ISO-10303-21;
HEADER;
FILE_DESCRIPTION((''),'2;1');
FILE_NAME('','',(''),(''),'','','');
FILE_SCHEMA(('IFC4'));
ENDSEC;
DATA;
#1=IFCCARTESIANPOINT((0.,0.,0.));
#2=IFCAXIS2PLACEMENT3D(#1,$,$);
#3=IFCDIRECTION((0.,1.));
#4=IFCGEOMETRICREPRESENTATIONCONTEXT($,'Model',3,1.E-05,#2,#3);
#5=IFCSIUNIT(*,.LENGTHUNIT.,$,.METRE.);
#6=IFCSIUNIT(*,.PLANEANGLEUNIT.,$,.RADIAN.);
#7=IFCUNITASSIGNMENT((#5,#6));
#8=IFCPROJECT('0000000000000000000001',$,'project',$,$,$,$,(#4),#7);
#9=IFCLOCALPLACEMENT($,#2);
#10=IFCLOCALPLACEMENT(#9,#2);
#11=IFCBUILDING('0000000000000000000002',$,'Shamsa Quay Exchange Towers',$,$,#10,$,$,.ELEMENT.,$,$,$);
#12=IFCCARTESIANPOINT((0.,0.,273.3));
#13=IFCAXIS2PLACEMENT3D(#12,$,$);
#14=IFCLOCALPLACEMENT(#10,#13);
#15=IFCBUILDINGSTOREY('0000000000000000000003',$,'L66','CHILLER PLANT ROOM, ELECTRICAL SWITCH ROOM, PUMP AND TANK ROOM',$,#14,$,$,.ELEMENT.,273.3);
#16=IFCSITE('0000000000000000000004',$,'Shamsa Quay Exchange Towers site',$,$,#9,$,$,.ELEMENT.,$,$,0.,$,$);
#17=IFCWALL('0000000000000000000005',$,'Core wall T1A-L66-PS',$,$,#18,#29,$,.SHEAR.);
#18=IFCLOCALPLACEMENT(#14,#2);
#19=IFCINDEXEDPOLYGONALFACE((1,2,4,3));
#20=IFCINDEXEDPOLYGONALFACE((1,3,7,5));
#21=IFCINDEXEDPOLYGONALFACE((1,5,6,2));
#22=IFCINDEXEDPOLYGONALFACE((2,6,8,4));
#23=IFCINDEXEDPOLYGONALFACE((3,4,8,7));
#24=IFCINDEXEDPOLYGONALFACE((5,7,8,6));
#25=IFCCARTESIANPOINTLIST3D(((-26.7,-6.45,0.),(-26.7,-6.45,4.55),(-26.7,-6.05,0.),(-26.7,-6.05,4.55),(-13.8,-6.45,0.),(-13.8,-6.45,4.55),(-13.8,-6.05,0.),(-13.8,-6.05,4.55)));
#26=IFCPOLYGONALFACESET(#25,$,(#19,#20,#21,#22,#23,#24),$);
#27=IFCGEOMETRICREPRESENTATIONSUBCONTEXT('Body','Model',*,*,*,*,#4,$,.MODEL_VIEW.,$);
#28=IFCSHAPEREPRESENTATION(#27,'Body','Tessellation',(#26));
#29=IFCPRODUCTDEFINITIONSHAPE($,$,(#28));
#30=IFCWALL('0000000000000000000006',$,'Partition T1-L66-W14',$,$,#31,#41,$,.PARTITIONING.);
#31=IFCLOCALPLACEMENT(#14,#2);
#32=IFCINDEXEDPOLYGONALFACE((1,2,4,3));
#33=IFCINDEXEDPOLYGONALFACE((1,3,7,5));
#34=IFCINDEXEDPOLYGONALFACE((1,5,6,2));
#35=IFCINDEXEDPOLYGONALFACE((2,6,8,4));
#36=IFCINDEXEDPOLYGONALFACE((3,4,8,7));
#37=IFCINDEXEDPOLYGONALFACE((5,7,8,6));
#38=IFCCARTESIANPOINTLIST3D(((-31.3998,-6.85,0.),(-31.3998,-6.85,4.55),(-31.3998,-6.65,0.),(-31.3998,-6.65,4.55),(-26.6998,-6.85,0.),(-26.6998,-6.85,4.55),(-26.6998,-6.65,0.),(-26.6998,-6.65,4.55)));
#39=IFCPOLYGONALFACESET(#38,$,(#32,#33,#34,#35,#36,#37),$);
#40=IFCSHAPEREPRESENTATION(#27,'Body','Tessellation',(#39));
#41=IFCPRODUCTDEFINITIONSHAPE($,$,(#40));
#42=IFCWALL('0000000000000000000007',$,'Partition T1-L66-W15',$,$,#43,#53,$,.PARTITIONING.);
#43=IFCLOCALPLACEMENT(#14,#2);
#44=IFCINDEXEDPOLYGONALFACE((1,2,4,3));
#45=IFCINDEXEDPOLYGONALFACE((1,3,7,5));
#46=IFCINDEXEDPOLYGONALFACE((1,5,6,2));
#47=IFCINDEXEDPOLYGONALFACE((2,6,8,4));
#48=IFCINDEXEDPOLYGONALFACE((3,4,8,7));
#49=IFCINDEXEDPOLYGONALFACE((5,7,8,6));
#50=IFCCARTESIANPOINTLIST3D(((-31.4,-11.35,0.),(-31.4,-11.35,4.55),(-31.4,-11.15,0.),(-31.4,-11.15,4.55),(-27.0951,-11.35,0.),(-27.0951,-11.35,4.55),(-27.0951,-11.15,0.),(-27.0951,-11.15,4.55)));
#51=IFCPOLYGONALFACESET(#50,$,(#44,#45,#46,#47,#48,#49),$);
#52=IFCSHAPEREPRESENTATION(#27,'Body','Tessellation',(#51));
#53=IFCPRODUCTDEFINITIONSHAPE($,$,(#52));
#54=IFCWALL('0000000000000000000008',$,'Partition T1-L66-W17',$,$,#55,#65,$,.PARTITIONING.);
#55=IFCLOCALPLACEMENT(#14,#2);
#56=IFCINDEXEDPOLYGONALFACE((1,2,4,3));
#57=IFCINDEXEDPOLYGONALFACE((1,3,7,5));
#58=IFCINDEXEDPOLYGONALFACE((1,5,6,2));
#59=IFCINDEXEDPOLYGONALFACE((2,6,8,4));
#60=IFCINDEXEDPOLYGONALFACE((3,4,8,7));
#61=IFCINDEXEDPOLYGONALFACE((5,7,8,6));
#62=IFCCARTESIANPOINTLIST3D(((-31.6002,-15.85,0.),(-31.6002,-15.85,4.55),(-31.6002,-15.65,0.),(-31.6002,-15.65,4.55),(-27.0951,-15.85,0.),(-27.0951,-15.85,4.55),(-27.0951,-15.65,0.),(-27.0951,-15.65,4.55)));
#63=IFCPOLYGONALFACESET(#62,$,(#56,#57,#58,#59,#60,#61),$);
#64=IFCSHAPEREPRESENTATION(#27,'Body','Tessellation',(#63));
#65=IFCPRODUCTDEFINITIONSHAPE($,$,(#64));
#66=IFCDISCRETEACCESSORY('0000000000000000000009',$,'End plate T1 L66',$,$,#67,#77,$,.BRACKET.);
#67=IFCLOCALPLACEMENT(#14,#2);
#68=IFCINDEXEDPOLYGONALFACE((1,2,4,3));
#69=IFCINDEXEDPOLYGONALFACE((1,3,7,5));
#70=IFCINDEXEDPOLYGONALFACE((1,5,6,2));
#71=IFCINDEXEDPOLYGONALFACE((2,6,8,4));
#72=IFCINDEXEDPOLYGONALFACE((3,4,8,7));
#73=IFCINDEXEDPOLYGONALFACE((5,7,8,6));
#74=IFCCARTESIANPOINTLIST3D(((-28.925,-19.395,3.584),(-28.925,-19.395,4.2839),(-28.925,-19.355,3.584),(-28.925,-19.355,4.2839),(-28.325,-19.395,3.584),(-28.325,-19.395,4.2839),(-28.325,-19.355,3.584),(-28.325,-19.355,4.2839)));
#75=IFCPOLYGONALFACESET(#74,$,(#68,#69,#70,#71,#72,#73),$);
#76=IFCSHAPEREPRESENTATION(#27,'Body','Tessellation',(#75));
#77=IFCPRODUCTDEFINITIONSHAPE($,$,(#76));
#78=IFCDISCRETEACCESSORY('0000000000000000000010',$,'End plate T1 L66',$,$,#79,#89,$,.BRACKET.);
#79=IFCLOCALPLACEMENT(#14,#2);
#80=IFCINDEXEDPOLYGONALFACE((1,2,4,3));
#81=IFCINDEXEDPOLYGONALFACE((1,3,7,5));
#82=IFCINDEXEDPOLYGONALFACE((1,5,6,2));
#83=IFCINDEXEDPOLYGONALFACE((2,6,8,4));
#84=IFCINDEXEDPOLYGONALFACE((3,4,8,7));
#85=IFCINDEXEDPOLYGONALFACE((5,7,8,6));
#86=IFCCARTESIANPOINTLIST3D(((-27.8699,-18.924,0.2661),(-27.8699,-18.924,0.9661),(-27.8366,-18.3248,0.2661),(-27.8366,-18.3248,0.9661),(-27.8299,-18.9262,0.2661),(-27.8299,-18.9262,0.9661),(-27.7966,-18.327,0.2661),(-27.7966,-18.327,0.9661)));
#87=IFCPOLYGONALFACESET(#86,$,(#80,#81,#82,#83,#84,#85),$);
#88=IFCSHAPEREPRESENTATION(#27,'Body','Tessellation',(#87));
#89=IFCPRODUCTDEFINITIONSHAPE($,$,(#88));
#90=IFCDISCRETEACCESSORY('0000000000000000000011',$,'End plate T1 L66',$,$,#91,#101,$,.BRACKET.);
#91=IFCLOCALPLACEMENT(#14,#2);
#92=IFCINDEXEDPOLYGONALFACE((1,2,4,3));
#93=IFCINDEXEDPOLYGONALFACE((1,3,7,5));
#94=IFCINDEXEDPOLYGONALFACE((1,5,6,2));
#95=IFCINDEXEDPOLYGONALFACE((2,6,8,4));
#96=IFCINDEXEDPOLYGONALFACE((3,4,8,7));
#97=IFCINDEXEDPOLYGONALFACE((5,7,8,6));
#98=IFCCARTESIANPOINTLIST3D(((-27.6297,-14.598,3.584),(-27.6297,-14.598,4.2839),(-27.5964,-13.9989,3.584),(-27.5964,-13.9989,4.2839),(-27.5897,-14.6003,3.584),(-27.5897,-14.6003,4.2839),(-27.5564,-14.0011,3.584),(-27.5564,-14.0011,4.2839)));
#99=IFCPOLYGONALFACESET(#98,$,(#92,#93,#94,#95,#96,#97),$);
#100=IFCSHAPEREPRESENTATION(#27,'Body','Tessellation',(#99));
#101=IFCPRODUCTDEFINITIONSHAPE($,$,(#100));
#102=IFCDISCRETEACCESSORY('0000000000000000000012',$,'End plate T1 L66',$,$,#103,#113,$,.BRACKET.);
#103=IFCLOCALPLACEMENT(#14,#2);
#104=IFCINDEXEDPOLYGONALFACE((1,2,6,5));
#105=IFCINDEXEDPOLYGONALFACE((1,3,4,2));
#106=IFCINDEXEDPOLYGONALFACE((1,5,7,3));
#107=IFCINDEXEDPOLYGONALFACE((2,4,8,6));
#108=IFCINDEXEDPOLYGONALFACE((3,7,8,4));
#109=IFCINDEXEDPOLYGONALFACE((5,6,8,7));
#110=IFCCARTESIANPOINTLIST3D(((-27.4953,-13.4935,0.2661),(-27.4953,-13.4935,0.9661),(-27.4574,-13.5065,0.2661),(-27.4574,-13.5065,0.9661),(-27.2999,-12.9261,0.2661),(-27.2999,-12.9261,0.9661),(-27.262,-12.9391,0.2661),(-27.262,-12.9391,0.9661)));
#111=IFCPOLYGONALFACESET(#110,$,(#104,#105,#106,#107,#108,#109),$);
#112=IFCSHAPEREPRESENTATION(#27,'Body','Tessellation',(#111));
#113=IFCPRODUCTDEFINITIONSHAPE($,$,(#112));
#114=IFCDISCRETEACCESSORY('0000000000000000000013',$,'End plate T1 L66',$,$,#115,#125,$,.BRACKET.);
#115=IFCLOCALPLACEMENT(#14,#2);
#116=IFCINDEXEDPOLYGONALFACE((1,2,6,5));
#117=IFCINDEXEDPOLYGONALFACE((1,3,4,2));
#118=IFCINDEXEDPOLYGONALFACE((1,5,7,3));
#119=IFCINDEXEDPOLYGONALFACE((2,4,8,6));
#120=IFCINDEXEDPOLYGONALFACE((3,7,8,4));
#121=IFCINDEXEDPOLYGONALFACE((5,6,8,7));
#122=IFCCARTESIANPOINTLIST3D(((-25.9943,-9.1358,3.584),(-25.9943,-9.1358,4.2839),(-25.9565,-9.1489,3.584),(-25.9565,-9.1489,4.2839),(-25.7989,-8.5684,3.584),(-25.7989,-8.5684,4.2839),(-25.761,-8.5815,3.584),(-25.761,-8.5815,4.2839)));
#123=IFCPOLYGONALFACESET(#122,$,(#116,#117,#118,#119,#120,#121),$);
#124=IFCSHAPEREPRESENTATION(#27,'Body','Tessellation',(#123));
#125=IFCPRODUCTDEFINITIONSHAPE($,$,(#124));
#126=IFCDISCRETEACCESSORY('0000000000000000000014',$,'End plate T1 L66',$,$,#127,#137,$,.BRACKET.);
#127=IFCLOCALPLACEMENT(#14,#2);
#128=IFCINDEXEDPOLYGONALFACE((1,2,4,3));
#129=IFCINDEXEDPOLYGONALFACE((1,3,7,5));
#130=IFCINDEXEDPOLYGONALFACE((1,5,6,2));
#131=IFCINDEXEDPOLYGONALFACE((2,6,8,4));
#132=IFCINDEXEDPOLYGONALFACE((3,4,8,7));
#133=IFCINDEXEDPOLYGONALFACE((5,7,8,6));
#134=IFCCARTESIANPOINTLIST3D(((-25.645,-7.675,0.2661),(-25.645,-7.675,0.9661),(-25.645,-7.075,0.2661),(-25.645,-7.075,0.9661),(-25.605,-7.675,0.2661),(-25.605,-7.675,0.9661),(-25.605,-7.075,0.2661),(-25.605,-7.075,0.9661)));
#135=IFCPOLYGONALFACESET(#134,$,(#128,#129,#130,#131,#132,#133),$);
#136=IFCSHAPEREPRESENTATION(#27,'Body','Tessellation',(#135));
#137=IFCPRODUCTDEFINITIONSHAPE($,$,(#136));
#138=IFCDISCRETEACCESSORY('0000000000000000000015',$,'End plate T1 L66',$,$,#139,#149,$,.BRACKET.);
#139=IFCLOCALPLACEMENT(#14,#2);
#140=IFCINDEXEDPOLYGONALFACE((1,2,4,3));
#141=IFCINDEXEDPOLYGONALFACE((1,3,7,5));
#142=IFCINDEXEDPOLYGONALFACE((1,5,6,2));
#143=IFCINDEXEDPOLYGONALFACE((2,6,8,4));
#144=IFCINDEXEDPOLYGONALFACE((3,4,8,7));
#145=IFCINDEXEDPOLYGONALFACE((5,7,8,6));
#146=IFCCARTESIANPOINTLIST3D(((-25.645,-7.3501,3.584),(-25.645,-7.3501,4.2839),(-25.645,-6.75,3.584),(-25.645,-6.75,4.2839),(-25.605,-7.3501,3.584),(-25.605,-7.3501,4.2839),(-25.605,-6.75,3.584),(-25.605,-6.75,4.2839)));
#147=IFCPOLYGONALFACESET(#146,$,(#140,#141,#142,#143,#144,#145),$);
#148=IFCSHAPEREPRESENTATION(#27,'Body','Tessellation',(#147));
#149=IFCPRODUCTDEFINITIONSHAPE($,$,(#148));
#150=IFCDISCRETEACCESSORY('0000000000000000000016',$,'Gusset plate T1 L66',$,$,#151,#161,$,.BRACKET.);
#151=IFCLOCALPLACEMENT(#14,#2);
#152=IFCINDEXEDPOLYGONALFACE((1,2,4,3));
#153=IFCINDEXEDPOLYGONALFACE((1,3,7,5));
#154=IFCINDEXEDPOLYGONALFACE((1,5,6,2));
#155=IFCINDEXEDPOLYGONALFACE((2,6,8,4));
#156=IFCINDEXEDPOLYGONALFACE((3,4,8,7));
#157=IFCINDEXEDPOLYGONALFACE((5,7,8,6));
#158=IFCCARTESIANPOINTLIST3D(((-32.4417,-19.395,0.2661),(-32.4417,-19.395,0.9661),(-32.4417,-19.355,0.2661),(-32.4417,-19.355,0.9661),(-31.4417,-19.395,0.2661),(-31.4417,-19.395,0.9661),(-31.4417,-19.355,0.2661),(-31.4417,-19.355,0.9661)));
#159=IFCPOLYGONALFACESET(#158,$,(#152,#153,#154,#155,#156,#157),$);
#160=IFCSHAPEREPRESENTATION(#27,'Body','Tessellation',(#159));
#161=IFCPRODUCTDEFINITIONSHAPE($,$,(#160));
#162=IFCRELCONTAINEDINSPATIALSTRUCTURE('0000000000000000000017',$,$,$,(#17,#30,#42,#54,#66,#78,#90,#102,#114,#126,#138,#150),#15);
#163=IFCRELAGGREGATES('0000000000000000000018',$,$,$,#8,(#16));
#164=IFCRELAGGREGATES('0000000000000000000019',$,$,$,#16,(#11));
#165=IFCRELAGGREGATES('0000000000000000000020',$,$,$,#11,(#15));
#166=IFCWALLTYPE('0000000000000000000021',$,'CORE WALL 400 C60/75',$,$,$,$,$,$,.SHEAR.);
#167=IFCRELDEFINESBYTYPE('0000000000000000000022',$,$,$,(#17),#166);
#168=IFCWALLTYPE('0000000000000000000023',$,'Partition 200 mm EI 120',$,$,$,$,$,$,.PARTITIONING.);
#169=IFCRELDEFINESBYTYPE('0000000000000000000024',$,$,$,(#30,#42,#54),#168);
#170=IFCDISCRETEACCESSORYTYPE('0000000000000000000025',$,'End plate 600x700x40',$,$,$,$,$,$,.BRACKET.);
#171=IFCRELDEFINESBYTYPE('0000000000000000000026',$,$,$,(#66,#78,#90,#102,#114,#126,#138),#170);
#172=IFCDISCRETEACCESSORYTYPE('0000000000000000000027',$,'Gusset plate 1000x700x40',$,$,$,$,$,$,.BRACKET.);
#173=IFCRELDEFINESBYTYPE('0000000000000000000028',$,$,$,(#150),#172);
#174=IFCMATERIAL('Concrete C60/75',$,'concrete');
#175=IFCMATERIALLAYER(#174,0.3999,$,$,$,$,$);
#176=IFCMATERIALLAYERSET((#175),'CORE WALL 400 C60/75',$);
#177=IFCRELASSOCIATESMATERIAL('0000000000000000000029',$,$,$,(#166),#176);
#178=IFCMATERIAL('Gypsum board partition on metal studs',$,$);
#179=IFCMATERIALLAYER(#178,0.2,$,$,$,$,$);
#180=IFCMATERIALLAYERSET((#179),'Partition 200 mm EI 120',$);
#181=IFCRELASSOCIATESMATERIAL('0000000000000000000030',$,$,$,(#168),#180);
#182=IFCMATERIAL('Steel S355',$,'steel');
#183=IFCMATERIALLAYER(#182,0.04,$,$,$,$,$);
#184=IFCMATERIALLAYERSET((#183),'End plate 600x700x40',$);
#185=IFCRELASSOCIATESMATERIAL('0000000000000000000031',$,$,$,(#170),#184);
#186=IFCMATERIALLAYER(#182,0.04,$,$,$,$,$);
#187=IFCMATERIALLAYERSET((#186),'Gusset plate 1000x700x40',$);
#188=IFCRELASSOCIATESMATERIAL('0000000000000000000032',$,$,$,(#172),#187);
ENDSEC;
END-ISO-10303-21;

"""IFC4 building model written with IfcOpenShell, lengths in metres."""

from ifc_helpers import new_model, si_unit, direction, frame, frame_2d, origin, origin_2d, place, context, subcontext, project, spatial, rectangle, extrude, material, layer, layer_set, type_object, element, save


model = new_model("IFC4")

# Units and contexts
model_context = context("Model", 3, precision=1e-05, world=origin(), true_north=direction((0.0, 1.0)))
body_context = subcontext(model_context, "Body", "Model", "MODEL_VIEW")
ifc_project = project(units=[si_unit("LENGTHUNIT", "METRE"), si_unit("PLANEANGLEUNIT", "RADIAN")], contexts=[model_context])

# Site, building, storey
site_placement = place(None, origin())
site = spatial("IfcSite", under=ifc_project, at=site_placement, Name="Shamsa Quay Exchange Towers site", CompositionType="ELEMENT", RefElevation=0.0)
building_placement = place(site_placement, origin())
building = spatial("IfcBuilding", under=site, at=building_placement, Name="Shamsa Quay Exchange Towers", CompositionType="ELEMENT")
storey_placement = place(building_placement, frame((0.0, 0.0, 273.3)))
storey = spatial("IfcBuildingStorey", under=building, at=storey_placement, Name="L66", Description="CHILLER PLANT ROOM, ELECTRICAL SWITCH ROOM, PUMP AND TANK ROOM", CompositionType="ELEMENT", Elevation=273.3)

# Shared definitions
ifc_material_1 = material(Name="Steel S355", Category="steel")

# Wall
ifc_material_2 = material(Name="Concrete C60/75", Category="concrete")
ifc_layer_1 = layer(ifc_material_2, 0.3999)
ifc_layer_set_1 = layer_set([ifc_layer_1], Name="CORE WALL 400 C60/75")
wall_type_1 = type_object("IfcWallType", Name="CORE WALL 400 C60/75", PredefinedType="SHEAR", material=ifc_layer_set_1)
wall_1_placement = place(storey_placement, frame((-26.7, -6.25, 0.0)))
element("IfcWall", 1, at=wall_1_placement, inside=storey, type_object=wall_type_1, Name="Core wall T1A-L66-PS", PredefinedType="SHEAR", context=body_context, shape_type="SweptSolid", body=[
    extrude(rectangle(XDim=12.8999, YDim=0.3999, at=frame_2d((6.45, 0.0))), origin(), (0.0, 0.0, 1.0), 4.55),
])

# Shared definitions
ifc_material_3 = material(Name="Gypsum board partition on metal studs")
ifc_layer_2 = layer(ifc_material_3, 0.2)
ifc_layer_set_2 = layer_set([ifc_layer_2], Name="Partition 200 mm EI 120")
wall_type_2 = type_object("IfcWallType", Name="Partition 200 mm EI 120", PredefinedType="PARTITIONING", material=ifc_layer_set_2)

# Walls
wall_2_placement = place(storey_placement, frame((-31.3999, -6.75, 0.0)))
element("IfcWall", 2, at=wall_2_placement, inside=storey, type_object=wall_type_2, Name="Partition T1-L66-W14", PredefinedType="PARTITIONING", context=body_context, shape_type="SweptSolid", body=[
    extrude(rectangle(XDim=4.7, YDim=0.2, at=frame_2d((2.3501, 0.0))), origin(), (0.0, 0.0, 1.0), 4.55),
])
wall_3_placement = place(storey_placement, frame((-31.3999, -11.25, 0.0)))
element("IfcWall", 3, at=wall_3_placement, inside=storey, type_object=wall_type_2, Name="Partition T1-L66-W15", PredefinedType="PARTITIONING", context=body_context, shape_type="SweptSolid", body=[
    extrude(rectangle(XDim=4.3049, YDim=0.2, at=frame_2d((2.1523, 0.0))), origin(), (0.0, 0.0, 1.0), 4.55),
])
wall_4_placement = place(storey_placement, frame((-31.6001, -15.75, 0.0)))
element("IfcWall", 4, at=wall_4_placement, inside=storey, type_object=wall_type_2, Name="Partition T1-L66-W17", PredefinedType="PARTITIONING", context=body_context, shape_type="SweptSolid", body=[
    extrude(rectangle(XDim=4.5051, YDim=0.2, at=frame_2d((2.2524, 0.0))), origin(), (0.0, 0.0, 1.0), 4.55),
])

# Discrete accessories
ifc_layer_3 = layer(ifc_material_1, 0.04)
ifc_layer_set_3 = layer_set([ifc_layer_3], Name="End plate 600x700x40")
discrete_accessory_type_1 = type_object("IfcDiscreteAccessoryType", Name="End plate 600x700x40", PredefinedType="BRACKET", material=ifc_layer_set_3)
discrete_accessory_1_placement = place(storey_placement, frame((-28.625, -19.375, 3.584)))
element("IfcDiscreteAccessory", 5, at=discrete_accessory_1_placement, inside=storey, type_object=discrete_accessory_type_1, Name="End plate T1 L66", PredefinedType="BRACKET", context=body_context, shape_type="SweptSolid", body=[
    extrude(rectangle(XDim=0.6001, YDim=0.04, at=origin_2d()), origin(), (0.0, 0.0, 1.0), 0.7),
])
for number, where, z_axis, x_axis, name in (
    (6, (-27.8333, -18.6255, 0.2661), (0.0, 0.0, 1.0), (0.05547, 0.99846, 0.0), "End plate T1 L66"),
    (7, (-27.593, -14.2996, 3.584), (0.0, 0.0, 1.0), (0.05547, 0.99846, 0.0), "End plate T1 L66"),
    (8, (-27.3787, -13.2163, 0.2661), (0.0, 0.0, 1.0), (0.325667, 0.945485, 0.0), "End plate T1 L66"),
    (9, (-25.8777, -8.8586, 3.584), (0.0, 0.0, 1.0), (0.325667, 0.945485, 0.0), "End plate T1 L66"),
    (10, (-25.625, -7.375, 0.2661), (0.0, 0.0, 1.0), (0.0, 1.0, 0.0), "End plate T1 L66"),
    (11, (-25.625, -7.05, 3.584), (0.0, 0.0, 1.0), (0.0, 1.0, 0.0), "End plate T1 L66"),
):
    element("IfcDiscreteAccessory", number, at=place(storey_placement, frame(where, z_axis=z_axis, x_axis=x_axis)), inside=storey, type_object=discrete_accessory_type_1, Name=name, PredefinedType="BRACKET", context=body_context, shape_type="SweptSolid", body=[
        extrude(rectangle(XDim=0.6001, YDim=0.04, at=origin_2d()), origin(), (0.0, 0.0, 1.0), 0.7),
    ])
ifc_layer_4 = layer(ifc_material_1, 0.04)
ifc_layer_set_4 = layer_set([ifc_layer_4], Name="Gusset plate 1000x700x40")
discrete_accessory_type_2 = type_object("IfcDiscreteAccessoryType", Name="Gusset plate 1000x700x40", PredefinedType="BRACKET", material=ifc_layer_set_4)
discrete_accessory_2_placement = place(storey_placement, frame((-31.9417, -19.375, 0.2661)))
element("IfcDiscreteAccessory", 12, at=discrete_accessory_2_placement, inside=storey, type_object=discrete_accessory_type_2, Name="Gusset plate T1 L66", PredefinedType="BRACKET", context=body_context, shape_type="SweptSolid", body=[
    extrude(rectangle(XDim=1.0, YDim=0.04, at=origin_2d()), origin(), (0.0, 0.0, 1.0), 0.7),
])

save(model, "model.ifc")
